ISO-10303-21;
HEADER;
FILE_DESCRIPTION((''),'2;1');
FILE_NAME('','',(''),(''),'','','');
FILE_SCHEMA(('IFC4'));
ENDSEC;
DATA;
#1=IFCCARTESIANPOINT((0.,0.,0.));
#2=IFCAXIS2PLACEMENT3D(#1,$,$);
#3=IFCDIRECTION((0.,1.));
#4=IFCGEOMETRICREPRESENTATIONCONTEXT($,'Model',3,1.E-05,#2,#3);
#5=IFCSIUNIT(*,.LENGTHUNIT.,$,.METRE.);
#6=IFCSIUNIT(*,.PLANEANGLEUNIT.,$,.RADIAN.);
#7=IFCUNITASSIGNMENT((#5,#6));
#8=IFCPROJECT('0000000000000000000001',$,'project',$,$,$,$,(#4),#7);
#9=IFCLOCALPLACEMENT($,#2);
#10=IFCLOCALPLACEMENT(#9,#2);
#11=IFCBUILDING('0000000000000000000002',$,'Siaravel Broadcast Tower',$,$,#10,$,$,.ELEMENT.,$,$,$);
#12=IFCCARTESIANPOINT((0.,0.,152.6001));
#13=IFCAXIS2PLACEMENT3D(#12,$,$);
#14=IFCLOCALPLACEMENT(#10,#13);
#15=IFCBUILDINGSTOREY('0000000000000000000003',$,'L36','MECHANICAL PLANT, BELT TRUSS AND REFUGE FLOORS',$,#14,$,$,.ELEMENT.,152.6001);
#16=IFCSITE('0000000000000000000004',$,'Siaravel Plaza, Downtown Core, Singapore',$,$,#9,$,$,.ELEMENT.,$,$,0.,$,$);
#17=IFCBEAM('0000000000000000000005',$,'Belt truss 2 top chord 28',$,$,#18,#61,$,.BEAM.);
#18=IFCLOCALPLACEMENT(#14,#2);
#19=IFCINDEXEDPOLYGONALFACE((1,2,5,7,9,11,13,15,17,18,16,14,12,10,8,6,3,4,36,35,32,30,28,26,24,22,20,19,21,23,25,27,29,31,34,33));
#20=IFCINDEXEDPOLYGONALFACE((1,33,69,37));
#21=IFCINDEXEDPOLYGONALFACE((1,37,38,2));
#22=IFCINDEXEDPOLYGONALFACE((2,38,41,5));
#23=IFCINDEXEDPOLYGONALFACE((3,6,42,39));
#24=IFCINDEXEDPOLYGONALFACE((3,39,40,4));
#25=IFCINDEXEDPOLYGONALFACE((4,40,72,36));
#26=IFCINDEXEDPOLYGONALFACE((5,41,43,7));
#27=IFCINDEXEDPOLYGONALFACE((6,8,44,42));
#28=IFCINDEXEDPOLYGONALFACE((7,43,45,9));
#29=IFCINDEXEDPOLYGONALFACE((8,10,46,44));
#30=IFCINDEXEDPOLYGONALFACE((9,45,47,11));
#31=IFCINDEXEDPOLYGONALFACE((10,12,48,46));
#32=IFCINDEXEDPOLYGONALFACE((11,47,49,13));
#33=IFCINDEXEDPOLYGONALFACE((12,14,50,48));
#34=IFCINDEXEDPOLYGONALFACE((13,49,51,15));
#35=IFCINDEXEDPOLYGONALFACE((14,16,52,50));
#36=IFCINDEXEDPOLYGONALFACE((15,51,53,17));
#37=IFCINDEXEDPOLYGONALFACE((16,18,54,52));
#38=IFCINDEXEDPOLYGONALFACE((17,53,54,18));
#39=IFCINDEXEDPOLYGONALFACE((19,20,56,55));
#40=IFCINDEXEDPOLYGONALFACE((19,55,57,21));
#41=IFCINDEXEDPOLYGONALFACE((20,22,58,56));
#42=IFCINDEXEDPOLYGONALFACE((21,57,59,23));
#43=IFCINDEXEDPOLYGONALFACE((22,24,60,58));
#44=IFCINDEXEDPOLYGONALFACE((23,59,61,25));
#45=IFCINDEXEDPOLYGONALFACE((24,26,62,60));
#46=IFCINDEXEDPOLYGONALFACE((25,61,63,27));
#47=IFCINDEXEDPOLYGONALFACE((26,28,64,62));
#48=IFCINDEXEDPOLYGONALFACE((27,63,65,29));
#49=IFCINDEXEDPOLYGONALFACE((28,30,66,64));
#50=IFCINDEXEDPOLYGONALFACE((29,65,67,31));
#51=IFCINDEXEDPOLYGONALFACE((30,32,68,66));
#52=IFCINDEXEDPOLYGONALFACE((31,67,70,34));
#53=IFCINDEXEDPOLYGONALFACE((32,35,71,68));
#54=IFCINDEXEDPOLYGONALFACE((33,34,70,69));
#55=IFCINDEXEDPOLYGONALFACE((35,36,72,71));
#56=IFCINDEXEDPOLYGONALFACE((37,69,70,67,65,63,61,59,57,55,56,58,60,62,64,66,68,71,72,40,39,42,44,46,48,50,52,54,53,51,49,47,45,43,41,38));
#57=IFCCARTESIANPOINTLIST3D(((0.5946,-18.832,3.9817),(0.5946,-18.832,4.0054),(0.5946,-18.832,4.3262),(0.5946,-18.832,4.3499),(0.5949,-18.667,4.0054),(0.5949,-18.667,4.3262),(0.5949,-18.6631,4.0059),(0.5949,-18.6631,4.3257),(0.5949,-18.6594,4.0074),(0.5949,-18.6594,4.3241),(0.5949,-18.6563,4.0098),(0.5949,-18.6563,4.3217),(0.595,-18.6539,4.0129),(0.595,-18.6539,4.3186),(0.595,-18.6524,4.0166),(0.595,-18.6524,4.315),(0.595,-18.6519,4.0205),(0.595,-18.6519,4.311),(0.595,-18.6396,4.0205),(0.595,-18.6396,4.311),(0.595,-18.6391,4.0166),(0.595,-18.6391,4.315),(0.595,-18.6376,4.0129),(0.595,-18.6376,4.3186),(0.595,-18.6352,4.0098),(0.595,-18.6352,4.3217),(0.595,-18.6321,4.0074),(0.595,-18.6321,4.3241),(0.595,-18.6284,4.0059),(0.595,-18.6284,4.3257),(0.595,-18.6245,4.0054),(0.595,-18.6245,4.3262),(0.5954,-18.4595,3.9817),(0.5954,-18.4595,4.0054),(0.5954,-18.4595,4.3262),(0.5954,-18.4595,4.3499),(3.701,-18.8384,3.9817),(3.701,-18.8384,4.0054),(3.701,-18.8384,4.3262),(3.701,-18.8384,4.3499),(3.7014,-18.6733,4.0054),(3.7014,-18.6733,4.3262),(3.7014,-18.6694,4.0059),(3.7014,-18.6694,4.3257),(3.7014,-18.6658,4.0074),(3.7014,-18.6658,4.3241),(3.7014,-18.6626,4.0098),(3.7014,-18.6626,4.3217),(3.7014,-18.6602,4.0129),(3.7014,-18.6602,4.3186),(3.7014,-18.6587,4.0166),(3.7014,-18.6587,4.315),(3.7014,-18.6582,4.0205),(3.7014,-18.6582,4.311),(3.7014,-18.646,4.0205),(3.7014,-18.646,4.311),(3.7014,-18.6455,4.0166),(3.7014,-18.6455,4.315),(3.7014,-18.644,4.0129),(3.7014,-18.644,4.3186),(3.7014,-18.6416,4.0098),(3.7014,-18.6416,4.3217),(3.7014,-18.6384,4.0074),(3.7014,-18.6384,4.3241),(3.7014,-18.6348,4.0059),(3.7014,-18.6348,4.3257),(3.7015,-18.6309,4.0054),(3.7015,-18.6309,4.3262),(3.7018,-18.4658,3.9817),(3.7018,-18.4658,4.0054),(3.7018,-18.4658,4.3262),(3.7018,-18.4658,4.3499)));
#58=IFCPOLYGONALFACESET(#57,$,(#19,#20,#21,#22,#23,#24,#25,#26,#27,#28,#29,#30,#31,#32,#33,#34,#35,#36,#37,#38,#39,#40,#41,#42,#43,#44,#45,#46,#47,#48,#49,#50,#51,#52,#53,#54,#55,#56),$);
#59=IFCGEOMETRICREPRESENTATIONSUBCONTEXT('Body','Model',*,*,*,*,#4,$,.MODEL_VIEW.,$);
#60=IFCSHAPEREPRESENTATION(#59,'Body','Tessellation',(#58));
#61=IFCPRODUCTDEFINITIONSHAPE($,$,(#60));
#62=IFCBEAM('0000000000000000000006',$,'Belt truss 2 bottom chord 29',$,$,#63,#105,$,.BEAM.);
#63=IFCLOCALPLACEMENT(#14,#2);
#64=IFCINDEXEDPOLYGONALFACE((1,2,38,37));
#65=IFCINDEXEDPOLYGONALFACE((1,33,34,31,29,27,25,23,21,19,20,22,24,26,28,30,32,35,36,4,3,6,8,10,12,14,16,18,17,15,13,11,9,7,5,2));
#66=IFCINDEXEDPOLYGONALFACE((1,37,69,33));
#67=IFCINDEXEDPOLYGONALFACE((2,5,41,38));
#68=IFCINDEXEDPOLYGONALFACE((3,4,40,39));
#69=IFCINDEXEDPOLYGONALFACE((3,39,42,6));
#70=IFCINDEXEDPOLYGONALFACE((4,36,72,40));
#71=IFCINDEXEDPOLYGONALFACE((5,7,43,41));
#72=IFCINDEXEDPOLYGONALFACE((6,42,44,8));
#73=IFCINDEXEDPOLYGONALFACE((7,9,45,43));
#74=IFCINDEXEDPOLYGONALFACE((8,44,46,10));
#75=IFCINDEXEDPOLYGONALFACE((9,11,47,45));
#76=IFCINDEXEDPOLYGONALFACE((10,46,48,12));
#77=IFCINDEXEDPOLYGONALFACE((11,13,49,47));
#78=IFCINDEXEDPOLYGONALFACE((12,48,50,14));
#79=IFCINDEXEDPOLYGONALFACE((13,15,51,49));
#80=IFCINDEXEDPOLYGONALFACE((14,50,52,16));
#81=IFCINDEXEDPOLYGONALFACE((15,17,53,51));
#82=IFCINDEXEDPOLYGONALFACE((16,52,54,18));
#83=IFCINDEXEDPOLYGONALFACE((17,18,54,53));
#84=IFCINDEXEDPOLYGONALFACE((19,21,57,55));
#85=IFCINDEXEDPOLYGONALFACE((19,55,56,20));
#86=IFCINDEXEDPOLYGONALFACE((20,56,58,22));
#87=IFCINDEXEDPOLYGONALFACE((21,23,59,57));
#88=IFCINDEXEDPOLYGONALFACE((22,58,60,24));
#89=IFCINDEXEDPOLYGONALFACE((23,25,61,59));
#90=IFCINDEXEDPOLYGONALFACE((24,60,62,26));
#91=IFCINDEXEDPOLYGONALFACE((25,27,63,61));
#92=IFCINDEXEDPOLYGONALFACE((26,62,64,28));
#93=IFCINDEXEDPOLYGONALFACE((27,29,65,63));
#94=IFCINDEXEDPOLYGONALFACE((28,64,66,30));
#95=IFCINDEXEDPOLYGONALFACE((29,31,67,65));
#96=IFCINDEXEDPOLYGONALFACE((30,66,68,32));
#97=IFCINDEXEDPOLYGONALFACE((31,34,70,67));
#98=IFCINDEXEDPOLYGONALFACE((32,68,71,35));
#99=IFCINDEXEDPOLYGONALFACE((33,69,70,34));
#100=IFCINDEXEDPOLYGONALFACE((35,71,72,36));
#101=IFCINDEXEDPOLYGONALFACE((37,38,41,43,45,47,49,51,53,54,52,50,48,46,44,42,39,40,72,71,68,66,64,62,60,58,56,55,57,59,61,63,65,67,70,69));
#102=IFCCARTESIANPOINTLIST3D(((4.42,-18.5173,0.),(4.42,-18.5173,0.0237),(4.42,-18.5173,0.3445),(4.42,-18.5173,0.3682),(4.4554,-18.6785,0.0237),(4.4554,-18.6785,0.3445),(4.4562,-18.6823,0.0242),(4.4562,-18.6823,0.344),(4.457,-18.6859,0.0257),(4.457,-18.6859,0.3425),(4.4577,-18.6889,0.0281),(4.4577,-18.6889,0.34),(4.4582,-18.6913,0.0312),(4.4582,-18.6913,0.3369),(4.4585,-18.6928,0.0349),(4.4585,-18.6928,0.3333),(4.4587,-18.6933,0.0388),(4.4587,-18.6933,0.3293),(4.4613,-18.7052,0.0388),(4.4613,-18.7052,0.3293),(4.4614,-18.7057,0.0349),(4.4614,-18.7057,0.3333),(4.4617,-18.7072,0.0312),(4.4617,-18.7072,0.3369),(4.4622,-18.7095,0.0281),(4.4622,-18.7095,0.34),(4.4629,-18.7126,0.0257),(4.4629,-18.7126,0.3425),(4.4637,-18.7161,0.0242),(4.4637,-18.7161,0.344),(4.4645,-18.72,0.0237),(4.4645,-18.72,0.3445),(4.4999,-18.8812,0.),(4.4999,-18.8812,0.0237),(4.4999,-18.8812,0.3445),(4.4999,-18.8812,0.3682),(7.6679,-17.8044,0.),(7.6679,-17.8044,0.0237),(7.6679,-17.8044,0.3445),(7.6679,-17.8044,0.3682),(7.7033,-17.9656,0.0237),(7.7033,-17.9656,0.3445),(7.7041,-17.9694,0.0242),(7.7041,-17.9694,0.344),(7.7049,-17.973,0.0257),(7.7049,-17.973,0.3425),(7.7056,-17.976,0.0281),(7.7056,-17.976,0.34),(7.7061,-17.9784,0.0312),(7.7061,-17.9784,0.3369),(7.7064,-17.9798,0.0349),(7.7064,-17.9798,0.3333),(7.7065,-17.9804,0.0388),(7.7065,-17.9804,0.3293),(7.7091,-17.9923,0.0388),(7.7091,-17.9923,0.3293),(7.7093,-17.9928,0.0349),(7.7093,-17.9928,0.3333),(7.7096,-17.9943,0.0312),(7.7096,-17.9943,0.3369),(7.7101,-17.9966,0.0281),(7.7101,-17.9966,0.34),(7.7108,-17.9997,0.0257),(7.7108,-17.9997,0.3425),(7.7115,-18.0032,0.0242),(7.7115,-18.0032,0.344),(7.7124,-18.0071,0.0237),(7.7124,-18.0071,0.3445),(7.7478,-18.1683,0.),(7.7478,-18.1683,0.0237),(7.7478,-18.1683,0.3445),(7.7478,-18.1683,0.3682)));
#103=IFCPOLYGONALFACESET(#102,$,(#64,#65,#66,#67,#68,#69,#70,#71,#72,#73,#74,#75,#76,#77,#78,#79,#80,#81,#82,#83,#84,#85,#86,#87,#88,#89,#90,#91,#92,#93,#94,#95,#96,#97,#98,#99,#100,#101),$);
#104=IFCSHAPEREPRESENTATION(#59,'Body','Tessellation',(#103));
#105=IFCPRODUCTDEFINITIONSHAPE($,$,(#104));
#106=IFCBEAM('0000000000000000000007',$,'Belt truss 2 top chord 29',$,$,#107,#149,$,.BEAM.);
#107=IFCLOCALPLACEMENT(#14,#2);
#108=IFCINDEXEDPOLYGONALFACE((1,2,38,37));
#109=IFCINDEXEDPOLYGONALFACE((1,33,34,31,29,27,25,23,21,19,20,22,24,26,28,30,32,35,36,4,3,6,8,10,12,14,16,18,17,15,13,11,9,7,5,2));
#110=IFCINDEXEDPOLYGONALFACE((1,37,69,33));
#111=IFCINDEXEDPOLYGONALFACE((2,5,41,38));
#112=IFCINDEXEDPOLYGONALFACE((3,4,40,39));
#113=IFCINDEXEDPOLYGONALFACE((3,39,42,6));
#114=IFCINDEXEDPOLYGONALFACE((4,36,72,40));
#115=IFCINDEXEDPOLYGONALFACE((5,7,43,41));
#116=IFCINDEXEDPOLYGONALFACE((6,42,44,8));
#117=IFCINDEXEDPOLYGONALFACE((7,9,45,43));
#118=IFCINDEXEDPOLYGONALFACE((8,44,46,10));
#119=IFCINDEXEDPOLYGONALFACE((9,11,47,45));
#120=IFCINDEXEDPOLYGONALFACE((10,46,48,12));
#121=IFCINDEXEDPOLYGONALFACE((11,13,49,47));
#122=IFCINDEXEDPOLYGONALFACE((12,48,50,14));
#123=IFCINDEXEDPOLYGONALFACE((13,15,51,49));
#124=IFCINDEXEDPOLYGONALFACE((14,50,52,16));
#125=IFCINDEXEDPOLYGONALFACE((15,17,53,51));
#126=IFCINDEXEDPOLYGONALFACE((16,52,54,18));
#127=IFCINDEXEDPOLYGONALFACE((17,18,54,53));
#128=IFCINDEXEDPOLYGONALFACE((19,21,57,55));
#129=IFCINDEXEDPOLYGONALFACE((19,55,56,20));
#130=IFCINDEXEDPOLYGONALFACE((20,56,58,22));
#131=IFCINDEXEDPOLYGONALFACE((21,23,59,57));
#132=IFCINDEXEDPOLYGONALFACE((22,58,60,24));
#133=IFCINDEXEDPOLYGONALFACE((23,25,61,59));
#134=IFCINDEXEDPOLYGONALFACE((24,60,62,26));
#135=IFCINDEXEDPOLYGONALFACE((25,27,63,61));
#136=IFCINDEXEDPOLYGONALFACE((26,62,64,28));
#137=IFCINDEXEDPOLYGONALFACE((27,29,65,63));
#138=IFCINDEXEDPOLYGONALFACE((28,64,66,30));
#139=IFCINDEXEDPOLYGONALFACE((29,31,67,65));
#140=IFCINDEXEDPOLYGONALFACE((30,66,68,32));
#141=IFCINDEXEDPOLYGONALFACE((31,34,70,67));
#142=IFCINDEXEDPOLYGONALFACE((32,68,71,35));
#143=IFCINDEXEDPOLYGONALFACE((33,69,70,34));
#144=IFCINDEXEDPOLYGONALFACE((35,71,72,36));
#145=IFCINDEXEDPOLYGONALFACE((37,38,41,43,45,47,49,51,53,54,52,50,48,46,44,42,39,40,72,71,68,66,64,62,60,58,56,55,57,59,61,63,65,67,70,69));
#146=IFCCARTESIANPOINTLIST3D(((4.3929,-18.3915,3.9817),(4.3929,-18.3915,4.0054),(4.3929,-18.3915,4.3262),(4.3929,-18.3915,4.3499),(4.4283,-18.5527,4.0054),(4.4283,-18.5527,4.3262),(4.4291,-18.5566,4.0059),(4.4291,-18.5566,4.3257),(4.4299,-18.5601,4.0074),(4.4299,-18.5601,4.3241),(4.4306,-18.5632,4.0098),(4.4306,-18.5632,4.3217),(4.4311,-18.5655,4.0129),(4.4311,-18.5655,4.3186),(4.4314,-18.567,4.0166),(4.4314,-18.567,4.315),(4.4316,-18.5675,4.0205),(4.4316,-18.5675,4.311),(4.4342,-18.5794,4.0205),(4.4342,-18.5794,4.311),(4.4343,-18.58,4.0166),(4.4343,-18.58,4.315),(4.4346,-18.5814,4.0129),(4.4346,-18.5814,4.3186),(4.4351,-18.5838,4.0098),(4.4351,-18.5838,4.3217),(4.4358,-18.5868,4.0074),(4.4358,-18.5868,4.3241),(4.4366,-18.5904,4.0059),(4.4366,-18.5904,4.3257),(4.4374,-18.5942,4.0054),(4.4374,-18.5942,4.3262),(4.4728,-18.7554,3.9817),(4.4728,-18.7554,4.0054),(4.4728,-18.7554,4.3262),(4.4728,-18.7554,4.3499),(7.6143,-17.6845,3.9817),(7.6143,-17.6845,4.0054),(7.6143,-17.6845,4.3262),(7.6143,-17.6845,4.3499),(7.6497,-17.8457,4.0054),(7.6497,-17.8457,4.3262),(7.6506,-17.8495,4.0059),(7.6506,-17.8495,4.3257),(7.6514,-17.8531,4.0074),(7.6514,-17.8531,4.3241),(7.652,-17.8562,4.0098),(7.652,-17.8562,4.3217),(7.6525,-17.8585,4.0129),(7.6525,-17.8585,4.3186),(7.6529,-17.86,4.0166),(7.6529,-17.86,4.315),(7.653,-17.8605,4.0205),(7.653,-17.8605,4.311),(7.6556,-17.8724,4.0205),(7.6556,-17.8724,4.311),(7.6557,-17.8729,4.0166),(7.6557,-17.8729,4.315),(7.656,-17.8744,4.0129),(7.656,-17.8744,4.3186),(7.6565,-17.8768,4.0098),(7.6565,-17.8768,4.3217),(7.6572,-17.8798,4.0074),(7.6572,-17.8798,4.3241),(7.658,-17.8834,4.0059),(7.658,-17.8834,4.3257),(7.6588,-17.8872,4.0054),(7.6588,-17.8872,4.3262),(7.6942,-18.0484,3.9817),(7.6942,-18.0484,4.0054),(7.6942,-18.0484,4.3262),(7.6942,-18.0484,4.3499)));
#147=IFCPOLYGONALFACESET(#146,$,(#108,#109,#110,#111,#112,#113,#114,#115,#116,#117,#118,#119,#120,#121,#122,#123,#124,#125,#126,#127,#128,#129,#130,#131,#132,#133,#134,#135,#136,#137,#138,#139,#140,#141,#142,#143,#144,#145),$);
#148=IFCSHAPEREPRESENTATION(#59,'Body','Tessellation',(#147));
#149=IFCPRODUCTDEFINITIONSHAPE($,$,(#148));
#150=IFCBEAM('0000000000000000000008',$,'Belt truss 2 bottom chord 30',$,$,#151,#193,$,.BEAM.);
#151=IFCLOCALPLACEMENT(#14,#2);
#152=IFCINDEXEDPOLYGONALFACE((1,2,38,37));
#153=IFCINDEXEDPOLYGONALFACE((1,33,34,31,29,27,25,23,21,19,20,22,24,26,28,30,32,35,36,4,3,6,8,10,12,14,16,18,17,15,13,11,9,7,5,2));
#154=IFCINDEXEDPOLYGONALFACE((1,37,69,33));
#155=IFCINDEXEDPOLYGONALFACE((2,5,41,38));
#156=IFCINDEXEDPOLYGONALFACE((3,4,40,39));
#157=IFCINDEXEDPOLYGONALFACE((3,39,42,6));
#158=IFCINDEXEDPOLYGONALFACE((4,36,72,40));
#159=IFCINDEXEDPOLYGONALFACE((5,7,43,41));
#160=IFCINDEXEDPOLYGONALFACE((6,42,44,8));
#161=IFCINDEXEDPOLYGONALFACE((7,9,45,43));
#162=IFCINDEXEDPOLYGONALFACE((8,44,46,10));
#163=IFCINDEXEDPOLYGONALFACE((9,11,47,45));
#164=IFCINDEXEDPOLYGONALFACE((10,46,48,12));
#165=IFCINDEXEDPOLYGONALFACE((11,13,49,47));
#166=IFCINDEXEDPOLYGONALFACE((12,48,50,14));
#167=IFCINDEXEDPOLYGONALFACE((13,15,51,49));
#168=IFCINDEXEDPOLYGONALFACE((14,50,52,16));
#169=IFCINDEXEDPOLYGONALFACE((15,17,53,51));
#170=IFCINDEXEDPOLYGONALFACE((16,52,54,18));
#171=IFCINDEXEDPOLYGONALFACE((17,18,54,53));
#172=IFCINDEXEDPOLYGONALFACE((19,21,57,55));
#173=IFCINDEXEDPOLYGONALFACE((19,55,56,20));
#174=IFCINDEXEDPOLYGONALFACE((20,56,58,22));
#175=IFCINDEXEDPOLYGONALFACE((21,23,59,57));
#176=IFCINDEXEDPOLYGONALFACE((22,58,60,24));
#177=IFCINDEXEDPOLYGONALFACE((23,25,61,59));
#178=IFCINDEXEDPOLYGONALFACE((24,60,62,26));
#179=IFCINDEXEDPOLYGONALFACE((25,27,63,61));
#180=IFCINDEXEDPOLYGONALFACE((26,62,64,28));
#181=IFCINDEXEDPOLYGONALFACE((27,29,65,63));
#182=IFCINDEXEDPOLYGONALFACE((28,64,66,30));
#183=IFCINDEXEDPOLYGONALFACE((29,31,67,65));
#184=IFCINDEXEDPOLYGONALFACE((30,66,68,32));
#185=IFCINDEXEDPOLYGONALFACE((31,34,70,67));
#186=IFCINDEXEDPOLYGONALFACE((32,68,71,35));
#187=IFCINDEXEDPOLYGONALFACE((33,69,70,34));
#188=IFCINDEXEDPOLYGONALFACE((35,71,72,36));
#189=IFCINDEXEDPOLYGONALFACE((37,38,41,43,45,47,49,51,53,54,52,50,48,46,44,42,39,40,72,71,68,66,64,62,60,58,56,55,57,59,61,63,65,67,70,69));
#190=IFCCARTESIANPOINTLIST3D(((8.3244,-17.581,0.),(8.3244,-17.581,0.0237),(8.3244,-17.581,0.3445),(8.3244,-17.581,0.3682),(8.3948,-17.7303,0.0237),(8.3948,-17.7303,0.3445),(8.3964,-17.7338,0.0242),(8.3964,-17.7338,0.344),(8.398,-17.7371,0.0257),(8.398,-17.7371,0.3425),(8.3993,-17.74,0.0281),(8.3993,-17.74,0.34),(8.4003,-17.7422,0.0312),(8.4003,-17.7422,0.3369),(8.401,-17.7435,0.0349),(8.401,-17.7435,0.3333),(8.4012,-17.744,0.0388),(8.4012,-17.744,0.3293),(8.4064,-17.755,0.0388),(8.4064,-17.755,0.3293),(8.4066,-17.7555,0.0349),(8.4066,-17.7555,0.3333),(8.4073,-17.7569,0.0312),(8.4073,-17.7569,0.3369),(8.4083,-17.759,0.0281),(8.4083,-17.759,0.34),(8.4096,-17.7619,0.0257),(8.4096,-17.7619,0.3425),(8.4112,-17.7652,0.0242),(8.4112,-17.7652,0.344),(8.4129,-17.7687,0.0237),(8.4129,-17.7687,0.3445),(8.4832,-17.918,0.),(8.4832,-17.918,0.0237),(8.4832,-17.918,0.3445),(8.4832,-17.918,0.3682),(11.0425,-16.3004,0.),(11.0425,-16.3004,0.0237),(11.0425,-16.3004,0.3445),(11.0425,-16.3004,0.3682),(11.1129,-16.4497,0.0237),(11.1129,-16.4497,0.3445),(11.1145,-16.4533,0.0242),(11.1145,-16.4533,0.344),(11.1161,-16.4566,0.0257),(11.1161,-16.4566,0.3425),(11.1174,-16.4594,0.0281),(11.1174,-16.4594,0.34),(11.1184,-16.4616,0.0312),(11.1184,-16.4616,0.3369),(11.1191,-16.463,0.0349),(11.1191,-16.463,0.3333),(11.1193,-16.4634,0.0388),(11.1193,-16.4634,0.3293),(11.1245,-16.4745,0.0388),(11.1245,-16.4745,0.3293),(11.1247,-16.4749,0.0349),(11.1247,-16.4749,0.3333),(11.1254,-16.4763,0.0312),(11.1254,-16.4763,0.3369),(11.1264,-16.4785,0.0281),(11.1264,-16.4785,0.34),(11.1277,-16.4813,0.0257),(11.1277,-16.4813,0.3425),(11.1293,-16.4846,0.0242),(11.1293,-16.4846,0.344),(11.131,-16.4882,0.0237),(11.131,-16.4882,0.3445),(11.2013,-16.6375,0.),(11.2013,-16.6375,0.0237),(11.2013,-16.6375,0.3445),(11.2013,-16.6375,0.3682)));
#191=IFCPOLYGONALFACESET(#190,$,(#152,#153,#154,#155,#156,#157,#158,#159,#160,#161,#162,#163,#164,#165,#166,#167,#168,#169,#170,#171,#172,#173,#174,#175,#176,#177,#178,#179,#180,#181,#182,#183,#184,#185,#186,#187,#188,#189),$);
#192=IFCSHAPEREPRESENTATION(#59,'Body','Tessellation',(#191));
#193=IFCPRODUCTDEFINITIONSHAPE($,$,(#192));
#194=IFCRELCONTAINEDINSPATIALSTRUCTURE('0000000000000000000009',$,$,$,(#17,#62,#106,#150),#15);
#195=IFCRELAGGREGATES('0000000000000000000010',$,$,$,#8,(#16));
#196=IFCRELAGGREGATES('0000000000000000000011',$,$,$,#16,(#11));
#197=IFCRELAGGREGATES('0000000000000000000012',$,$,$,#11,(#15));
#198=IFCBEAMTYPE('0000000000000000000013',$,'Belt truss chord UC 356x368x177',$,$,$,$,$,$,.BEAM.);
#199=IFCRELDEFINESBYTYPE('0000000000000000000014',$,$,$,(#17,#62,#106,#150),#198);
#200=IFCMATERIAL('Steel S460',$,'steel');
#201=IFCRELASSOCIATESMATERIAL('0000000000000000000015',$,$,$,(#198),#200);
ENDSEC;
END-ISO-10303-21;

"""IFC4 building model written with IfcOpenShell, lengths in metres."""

from ifc_helpers import new_model, si_unit, direction, frame, origin, origin_2d, place, context, subcontext, project, spatial, i_section, extrude, material, material_profile, profile_set, type_object, element, save


model = new_model("IFC4")

# Units and contexts
model_context = context("Model", 3, precision=1e-05, world=origin(), true_north=direction((0.0, 1.0)))
body_context = subcontext(model_context, "Body", "Model", "MODEL_VIEW")
ifc_project = project(units=[si_unit("LENGTHUNIT", "METRE"), si_unit("PLANEANGLEUNIT", "RADIAN")], contexts=[model_context])

# Site, building, storey
site_placement = place(None, origin())
site = spatial("IfcSite", under=ifc_project, at=site_placement, Name="Siaravel Plaza, Downtown Core, Singapore", CompositionType="ELEMENT", RefElevation=0.0)
building_placement = place(site_placement, origin())
building = spatial("IfcBuilding", under=site, at=building_placement, Name="Siaravel Broadcast Tower", CompositionType="ELEMENT")
storey_placement = place(building_placement, frame((0.0, 0.0, 152.6001)))
storey = spatial("IfcBuildingStorey", under=building, at=storey_placement, Name="L36", Description="MECHANICAL PLANT, BELT TRUSS AND REFUGE FLOORS", CompositionType="ELEMENT", Elevation=152.6001)

# Beams
ifc_material_1 = material(Name="Steel S460", Category="steel")
ifc_material_profile_1 = material_profile(ifc_material_1, i_section(OverallWidth=0.3726, OverallDepth=0.3682, WebThickness=0.0122, FlangeThickness=0.0237, FilletRadius=0.0151, at=origin_2d()))
ifc_profile_set_1 = profile_set([ifc_material_profile_1], Name="Steel S460")
beam_type_1 = type_object("IfcBeamType", Name="Belt truss chord UC 356x368x177", PredefinedType="BEAM", material=ifc_profile_set_1)
beam_1_placement = place(storey_placement, frame((0.595, -18.6458, 4.1658), z_axis=(0.999998, -0.002043, 0.0), x_axis=(0.002043, 0.999998, 0.0)))
element("IfcBeam", 1, at=beam_1_placement, inside=storey, type_object=beam_type_1, Name="Belt truss 2 top chord 28", PredefinedType="BEAM", context=body_context, shape_type="SweptSolid", body=[
    extrude(i_section(OverallWidth=0.3726, OverallDepth=0.3682, WebThickness=0.0122, FlangeThickness=0.0237, FilletRadius=0.0151, at=origin_2d()), origin(), (0.0, 0.0, 1.0), 3.1064),
])
beam_2_placement = place(storey_placement, frame((4.46, -18.6992, 0.1841), z_axis=(0.976747, 0.214395, 0.0), x_axis=(-0.214395, 0.976747, 0.0)))
element("IfcBeam", 2, at=beam_2_placement, inside=storey, type_object=beam_type_1, Name="Belt truss 2 bottom chord 29", PredefinedType="BEAM", context=body_context, shape_type="SweptSolid", body=[
    extrude(i_section(OverallWidth=0.3726, OverallDepth=0.3682, WebThickness=0.0122, FlangeThickness=0.0237, FilletRadius=0.0151, at=origin_2d()), origin(), (0.0, 0.0, 1.0), 3.3252),
])
beam_3_placement = place(storey_placement, frame((4.4329, -18.5735, 4.1658), z_axis=(0.976752, 0.214375, 0.0), x_axis=(-0.214375, 0.976752, 0.0)))
element("IfcBeam", 3, at=beam_3_placement, inside=storey, type_object=beam_type_1, Name="Belt truss 2 top chord 29", PredefinedType="BEAM", context=body_context, shape_type="SweptSolid", body=[
    extrude(i_section(OverallWidth=0.3726, OverallDepth=0.3682, WebThickness=0.0122, FlangeThickness=0.0237, FilletRadius=0.0151, at=origin_2d()), origin(), (0.0, 0.0, 1.0), 3.2981),
])
beam_4_placement = place(storey_placement, frame((8.4038, -17.7495, 0.1841), z_axis=(0.904633, 0.426192, 0.0), x_axis=(-0.426192, 0.904633, 0.0)))
element("IfcBeam", 4, at=beam_4_placement, inside=storey, type_object=beam_type_1, Name="Belt truss 2 bottom chord 30", PredefinedType="BEAM", context=body_context, shape_type="SweptSolid", body=[
    extrude(i_section(OverallWidth=0.3726, OverallDepth=0.3682, WebThickness=0.0122, FlangeThickness=0.0237, FilletRadius=0.0151, at=origin_2d()), origin(), (0.0, 0.0, 1.0), 3.0046),
])

save(model, "model.ifc")
